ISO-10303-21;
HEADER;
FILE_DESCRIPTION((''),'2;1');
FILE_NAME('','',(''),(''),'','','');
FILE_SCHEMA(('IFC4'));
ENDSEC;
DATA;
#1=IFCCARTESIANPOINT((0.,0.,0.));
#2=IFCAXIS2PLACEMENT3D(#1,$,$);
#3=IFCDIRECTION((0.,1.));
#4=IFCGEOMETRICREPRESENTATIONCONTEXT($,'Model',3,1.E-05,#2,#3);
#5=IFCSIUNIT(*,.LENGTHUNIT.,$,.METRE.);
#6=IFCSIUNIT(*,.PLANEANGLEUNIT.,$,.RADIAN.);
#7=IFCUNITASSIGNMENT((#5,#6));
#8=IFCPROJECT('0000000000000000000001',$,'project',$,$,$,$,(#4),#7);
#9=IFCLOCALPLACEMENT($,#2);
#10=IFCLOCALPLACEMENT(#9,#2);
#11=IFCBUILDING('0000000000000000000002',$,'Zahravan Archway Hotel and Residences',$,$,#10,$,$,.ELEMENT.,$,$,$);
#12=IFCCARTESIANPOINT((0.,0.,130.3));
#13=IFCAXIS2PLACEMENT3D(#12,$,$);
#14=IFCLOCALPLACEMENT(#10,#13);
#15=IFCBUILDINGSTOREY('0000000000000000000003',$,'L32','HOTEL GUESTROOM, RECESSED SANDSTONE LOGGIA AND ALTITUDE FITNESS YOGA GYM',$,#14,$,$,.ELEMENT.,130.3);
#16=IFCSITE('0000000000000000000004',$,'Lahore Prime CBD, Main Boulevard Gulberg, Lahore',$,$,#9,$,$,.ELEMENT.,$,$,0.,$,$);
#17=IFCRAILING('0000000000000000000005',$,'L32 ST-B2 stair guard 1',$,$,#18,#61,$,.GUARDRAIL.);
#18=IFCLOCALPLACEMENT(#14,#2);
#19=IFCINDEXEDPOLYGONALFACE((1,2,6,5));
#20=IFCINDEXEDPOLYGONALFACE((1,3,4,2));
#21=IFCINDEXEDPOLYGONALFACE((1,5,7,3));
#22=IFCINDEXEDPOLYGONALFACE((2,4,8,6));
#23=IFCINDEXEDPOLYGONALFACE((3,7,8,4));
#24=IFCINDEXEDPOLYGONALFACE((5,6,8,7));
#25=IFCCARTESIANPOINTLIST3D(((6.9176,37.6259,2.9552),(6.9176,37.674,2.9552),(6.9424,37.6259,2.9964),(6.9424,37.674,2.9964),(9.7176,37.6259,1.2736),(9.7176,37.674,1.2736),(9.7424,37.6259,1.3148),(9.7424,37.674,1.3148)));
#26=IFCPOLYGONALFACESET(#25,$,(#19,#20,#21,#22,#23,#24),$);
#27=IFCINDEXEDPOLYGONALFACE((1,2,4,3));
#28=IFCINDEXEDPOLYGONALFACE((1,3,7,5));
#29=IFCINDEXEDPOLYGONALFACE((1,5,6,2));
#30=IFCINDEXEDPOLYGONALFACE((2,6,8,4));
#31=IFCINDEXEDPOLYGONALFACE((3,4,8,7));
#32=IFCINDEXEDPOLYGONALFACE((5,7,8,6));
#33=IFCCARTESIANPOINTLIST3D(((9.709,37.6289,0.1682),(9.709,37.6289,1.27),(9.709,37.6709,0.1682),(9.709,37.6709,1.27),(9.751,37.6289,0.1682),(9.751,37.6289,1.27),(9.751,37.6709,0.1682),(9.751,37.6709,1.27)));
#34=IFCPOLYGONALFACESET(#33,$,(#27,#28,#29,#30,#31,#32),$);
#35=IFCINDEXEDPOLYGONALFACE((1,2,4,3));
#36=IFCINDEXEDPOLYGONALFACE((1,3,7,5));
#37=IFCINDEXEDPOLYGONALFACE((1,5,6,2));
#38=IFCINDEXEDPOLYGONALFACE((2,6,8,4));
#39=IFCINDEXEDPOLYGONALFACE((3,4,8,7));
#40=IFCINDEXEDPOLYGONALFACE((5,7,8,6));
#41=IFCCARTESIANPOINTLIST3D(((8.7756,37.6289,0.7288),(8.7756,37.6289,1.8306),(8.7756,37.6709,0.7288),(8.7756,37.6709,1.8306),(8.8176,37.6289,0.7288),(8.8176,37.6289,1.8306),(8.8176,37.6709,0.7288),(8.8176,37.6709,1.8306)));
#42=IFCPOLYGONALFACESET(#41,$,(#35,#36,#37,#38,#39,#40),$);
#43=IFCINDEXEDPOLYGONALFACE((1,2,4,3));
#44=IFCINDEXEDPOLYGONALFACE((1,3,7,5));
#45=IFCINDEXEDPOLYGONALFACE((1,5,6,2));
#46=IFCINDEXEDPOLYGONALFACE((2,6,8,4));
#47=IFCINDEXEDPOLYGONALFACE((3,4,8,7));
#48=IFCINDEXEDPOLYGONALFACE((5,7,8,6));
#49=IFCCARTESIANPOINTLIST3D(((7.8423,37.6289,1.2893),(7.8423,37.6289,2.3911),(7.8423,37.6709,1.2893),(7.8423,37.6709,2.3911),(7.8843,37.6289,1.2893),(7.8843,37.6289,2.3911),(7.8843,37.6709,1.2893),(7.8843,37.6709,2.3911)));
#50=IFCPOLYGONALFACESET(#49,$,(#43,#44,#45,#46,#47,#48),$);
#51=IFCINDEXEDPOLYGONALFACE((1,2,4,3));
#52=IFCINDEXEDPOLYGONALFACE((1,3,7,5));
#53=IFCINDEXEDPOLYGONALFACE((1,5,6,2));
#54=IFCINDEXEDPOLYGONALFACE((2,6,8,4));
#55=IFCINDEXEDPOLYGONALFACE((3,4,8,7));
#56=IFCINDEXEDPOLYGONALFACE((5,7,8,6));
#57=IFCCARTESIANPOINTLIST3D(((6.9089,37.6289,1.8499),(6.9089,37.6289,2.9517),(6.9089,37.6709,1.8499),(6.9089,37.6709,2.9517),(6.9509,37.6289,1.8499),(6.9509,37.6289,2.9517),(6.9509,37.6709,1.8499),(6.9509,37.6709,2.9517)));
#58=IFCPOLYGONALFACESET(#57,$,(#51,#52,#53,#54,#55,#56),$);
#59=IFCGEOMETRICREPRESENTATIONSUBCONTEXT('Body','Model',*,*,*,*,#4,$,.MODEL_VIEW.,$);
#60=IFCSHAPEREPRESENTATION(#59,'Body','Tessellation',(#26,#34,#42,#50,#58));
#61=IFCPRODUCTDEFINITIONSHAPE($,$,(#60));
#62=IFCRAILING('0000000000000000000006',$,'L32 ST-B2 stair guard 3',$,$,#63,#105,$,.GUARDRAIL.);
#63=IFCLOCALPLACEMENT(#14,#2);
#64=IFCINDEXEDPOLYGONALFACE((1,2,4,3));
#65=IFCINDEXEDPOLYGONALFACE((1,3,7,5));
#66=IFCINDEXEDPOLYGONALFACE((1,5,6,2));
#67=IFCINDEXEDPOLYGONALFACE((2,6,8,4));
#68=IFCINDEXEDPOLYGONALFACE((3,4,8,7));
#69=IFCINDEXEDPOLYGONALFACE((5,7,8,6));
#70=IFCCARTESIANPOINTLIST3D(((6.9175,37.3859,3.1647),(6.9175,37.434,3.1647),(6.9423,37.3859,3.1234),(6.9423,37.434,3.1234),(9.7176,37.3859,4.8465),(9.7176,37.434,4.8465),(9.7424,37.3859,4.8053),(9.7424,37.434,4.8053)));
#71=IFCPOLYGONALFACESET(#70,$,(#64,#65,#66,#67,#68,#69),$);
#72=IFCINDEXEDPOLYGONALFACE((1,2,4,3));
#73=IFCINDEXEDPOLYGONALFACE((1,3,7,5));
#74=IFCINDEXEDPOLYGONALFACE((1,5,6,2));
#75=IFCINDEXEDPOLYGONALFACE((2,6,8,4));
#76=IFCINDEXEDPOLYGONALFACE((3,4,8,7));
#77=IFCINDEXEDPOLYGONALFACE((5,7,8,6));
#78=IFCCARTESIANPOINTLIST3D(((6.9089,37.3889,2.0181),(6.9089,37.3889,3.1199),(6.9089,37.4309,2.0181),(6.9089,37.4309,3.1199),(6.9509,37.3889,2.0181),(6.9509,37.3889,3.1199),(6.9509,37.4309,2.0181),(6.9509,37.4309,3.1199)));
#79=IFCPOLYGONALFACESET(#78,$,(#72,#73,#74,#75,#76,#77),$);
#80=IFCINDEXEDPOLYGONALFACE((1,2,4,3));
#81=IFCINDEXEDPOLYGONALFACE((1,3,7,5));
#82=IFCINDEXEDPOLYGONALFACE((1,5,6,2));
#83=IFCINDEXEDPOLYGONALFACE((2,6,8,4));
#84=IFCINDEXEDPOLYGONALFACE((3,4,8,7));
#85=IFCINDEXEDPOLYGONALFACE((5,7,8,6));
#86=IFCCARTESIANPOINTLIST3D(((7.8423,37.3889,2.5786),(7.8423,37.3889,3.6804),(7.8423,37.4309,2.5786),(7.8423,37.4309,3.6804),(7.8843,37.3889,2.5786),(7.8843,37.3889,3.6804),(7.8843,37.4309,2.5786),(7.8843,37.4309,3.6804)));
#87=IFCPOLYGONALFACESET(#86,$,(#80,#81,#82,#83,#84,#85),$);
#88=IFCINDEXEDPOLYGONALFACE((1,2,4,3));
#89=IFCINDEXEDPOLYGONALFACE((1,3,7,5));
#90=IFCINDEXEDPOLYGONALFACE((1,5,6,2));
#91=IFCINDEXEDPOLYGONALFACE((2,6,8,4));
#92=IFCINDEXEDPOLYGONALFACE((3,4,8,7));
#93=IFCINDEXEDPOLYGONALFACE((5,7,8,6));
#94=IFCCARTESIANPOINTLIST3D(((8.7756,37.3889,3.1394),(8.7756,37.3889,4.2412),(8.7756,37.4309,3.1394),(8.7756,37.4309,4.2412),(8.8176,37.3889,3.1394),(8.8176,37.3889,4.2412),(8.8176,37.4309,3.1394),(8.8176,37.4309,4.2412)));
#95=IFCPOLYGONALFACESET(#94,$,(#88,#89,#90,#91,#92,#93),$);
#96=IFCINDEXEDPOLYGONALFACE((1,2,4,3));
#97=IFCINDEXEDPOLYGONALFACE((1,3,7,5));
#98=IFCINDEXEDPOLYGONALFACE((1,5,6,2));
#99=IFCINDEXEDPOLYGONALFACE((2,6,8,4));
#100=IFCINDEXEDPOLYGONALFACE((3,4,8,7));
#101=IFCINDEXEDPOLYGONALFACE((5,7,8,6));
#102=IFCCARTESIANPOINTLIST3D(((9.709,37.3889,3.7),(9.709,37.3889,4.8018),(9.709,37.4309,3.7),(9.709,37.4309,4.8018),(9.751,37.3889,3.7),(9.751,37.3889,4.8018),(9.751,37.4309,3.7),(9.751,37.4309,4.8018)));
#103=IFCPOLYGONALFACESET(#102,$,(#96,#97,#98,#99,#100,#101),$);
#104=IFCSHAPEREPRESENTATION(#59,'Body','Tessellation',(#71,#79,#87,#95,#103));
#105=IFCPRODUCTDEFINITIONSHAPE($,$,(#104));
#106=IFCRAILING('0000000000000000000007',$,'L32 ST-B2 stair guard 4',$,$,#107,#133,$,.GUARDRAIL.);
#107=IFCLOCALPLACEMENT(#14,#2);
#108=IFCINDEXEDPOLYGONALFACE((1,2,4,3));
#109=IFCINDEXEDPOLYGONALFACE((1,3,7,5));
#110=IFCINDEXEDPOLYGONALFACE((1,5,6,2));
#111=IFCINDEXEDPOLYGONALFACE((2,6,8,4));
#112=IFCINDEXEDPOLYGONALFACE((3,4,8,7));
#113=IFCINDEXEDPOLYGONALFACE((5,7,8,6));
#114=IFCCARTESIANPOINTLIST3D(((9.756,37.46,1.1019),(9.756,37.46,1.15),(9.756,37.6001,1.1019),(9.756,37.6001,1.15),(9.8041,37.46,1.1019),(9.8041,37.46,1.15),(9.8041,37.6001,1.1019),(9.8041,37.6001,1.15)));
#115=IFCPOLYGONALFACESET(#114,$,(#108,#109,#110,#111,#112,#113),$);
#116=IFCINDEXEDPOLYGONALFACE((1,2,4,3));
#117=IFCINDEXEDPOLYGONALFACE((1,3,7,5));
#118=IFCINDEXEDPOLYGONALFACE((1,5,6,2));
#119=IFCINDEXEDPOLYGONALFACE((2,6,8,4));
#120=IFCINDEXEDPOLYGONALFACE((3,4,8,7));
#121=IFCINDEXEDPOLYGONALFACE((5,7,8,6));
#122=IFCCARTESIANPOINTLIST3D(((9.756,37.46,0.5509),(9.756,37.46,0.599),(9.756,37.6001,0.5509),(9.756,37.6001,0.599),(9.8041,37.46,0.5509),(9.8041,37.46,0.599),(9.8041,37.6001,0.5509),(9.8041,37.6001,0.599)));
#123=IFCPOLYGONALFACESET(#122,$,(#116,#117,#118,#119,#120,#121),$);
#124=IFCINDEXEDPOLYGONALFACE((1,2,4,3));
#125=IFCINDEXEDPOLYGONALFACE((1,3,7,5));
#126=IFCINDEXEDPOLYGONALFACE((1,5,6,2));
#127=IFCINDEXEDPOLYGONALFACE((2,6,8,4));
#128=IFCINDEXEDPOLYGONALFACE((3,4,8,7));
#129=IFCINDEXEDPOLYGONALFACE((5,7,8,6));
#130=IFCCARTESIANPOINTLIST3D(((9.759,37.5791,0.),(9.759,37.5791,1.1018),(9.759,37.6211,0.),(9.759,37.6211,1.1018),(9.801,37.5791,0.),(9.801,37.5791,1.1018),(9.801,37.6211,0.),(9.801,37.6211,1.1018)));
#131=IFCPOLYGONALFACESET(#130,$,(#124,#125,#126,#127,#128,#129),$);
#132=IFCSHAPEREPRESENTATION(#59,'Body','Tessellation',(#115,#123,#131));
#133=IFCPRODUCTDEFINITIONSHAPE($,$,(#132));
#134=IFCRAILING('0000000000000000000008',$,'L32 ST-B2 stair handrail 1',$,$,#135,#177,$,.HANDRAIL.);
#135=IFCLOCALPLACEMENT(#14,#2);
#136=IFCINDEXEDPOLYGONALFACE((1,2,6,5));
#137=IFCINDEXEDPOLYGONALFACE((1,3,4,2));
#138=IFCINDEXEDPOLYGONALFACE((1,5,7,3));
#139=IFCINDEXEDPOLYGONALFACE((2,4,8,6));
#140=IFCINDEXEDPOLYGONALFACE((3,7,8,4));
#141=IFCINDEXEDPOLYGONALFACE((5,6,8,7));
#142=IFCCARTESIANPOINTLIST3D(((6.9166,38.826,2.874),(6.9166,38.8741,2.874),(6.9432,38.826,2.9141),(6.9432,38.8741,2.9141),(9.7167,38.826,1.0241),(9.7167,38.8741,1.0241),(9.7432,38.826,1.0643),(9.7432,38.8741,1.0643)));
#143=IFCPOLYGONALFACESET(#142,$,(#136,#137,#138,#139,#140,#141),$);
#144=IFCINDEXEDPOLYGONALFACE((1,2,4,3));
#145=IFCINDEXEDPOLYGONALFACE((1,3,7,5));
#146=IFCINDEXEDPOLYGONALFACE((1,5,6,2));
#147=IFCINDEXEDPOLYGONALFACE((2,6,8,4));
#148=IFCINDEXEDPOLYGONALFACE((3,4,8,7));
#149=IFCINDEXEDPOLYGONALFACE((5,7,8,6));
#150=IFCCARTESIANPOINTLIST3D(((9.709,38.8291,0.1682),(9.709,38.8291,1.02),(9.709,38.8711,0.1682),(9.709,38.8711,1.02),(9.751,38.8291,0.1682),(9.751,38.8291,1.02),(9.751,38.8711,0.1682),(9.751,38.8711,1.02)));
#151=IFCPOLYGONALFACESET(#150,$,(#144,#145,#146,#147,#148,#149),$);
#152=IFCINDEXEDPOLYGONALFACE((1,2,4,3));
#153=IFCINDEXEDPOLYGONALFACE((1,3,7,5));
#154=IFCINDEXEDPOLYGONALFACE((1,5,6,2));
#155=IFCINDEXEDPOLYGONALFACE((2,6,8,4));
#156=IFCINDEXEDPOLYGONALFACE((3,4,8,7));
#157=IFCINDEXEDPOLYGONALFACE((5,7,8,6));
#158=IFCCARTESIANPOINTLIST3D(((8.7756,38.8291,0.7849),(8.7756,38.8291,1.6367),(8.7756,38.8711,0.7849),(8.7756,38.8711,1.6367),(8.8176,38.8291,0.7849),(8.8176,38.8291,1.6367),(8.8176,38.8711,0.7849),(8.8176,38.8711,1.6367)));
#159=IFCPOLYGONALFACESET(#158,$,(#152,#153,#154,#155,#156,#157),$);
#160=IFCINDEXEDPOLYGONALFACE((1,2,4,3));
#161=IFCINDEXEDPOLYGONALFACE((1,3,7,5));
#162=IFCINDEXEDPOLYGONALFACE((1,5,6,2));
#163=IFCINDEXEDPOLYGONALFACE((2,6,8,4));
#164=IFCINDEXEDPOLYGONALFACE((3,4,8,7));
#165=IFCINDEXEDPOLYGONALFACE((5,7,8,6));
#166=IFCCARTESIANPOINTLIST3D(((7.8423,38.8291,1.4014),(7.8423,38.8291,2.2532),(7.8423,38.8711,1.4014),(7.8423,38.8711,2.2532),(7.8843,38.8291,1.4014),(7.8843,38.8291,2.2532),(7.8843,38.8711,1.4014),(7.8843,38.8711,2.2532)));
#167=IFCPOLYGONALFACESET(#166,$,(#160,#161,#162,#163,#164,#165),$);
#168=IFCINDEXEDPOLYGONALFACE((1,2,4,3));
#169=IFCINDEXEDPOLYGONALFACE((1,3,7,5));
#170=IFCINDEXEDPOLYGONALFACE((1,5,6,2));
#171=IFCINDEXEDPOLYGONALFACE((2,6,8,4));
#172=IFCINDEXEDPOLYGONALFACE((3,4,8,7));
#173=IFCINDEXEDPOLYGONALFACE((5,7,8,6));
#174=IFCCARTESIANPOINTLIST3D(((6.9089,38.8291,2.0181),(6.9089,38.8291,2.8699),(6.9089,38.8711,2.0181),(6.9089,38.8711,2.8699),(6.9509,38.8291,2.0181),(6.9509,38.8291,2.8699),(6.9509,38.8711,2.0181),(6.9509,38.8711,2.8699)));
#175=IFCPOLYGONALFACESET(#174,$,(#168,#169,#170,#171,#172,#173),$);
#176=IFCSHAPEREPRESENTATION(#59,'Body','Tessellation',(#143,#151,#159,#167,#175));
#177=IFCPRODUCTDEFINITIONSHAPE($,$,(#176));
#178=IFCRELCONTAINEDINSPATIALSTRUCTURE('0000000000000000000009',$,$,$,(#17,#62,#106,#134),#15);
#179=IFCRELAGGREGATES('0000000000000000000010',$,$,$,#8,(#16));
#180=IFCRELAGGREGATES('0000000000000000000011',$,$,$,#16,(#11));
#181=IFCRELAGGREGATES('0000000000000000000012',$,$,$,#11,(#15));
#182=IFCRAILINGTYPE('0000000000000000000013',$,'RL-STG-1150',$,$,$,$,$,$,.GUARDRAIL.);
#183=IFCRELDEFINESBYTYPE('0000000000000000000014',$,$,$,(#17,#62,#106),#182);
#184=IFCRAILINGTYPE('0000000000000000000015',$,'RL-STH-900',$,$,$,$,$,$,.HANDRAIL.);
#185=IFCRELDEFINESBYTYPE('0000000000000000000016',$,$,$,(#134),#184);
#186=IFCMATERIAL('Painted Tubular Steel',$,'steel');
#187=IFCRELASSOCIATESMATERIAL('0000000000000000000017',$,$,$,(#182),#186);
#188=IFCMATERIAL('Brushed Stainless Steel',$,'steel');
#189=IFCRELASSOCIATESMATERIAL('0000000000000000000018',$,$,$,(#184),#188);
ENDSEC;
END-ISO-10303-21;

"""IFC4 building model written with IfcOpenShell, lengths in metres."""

from ifc_helpers import new_model, si_unit, direction, frame, origin, origin_2d, place, context, subcontext, project, spatial, rectangle, extrude, material, type_object, element, save


model = new_model("IFC4")

# Units and contexts
model_context = context("Model", 3, precision=1e-05, world=origin(), true_north=direction((0.0, 1.0)))
body_context = subcontext(model_context, "Body", "Model", "MODEL_VIEW")
ifc_project = project(units=[si_unit("LENGTHUNIT", "METRE"), si_unit("PLANEANGLEUNIT", "RADIAN")], contexts=[model_context])

# Site, building, storey
site_placement = place(None, origin())
site = spatial("IfcSite", under=ifc_project, at=site_placement, Name="Lahore Prime CBD, Main Boulevard Gulberg, Lahore", CompositionType="ELEMENT", RefElevation=0.0)
building_placement = place(site_placement, origin())
building = spatial("IfcBuilding", under=site, at=building_placement, Name="Zahravan Archway Hotel and Residences", CompositionType="ELEMENT")
storey_placement = place(building_placement, frame((0.0, 0.0, 130.3)))
storey = spatial("IfcBuildingStorey", under=building, at=storey_placement, Name="L32", Description="HOTEL GUESTROOM, RECESSED SANDSTONE LOGGIA AND ALTITUDE FITNESS YOGA GYM", CompositionType="ELEMENT", Elevation=130.3)

# Railings
ifc_material_1 = material(Name="Painted Tubular Steel", Category="steel")
railing_type_1 = type_object("IfcRailingType", Name="RL-STG-1150", PredefinedType="GUARDRAIL", material=ifc_material_1)
railing_1_placement = place(storey_placement, frame((9.73, 37.6499, 0.1682)))
element("IfcRailing", 1, at=railing_1_placement, inside=storey, type_object=railing_type_1, Name="L32 ST-B2 stair guard 1", PredefinedType="GUARDRAIL", context=body_context, shape_type="SweptSolid", body=[
    extrude(rectangle(XDim=0.0481, YDim=0.0481, at=origin_2d()), frame((0.0, 0.0, 1.126), z_axis=(-0.857275, 0.0, 0.514858), x_axis=(0.0, -1.0, 0.0)), (0.0, 0.0, 1.0), 3.2661),
    extrude(rectangle(XDim=0.042, YDim=0.042, at=origin_2d()), origin(), (0.0, 0.0, 1.0), 1.1018),
    extrude(rectangle(XDim=0.042, YDim=0.042, at=origin_2d()), frame((-0.9333, 0.0, 0.5605)), (0.0, 0.0, 1.0), 1.1018),
    extrude(rectangle(XDim=0.042, YDim=0.042, at=origin_2d()), frame((-1.8667, 0.0, 1.1211)), (0.0, 0.0, 1.0), 1.1018),
    extrude(rectangle(XDim=0.042, YDim=0.042, at=origin_2d()), frame((-2.8, 0.0, 1.6816)), (0.0, 0.0, 1.0), 1.1018),
])
railing_2_placement = place(storey_placement, frame((6.9299, 37.4099, 2.0181)))
element("IfcRailing", 2, at=railing_2_placement, inside=storey, type_object=railing_type_1, Name="L32 ST-B2 stair guard 3", PredefinedType="GUARDRAIL", context=body_context, shape_type="SweptSolid", body=[
    extrude(rectangle(XDim=0.0481, YDim=0.0481, at=origin_2d()), frame((0.0, 0.0, 1.126), z_axis=(0.857242, 0.0, 0.514913), x_axis=(0.0, 1.0, 0.0)), (0.0, 0.0, 1.0), 3.2664),
    extrude(rectangle(XDim=0.042, YDim=0.042, at=origin_2d()), origin(), (0.0, 0.0, 1.0), 1.1018),
    extrude(rectangle(XDim=0.042, YDim=0.042, at=origin_2d()), frame((0.9333, 0.0, 0.5605)), (0.0, 0.0, 1.0), 1.1018),
    extrude(rectangle(XDim=0.042, YDim=0.042, at=origin_2d()), frame((1.8667, 0.0, 1.1213)), (0.0, 0.0, 1.0), 1.1018),
    extrude(rectangle(XDim=0.042, YDim=0.042, at=origin_2d()), frame((2.8, 0.0, 1.6819)), (0.0, 0.0, 1.0), 1.1018),
])
railing_3_placement = place(storey_placement, frame((9.78, 37.6001, 0.0)))
element("IfcRailing", 3, at=railing_3_placement, inside=storey, type_object=railing_type_1, Name="L32 ST-B2 stair guard 4", PredefinedType="GUARDRAIL", context=body_context, shape_type="SweptSolid", body=[
    extrude(rectangle(XDim=0.0481, YDim=0.0481, at=origin_2d()), frame((0.0, 0.0, 1.126), z_axis=(0.0, -1.0, 0.0), x_axis=(1.0, 0.0, 0.0)), (0.0, 0.0, 1.0), 0.1401),
    extrude(rectangle(XDim=0.0481, YDim=0.0481, at=origin_2d()), frame((0.0, 0.0, 0.575), z_axis=(0.0, -1.0, 0.0), x_axis=(1.0, 0.0, 0.0)), (0.0, 0.0, 1.0), 0.1401),
    extrude(rectangle(XDim=0.042, YDim=0.042, at=origin_2d()), origin(), (0.0, 0.0, 1.0), 1.1018),
])
ifc_material_2 = material(Name="Brushed Stainless Steel", Category="steel")
railing_type_2 = type_object("IfcRailingType", Name="RL-STH-900", PredefinedType="HANDRAIL", material=ifc_material_2)
railing_4_placement = place(storey_placement, frame((9.73, 38.8501, 0.1682)))
element("IfcRailing", 4, at=railing_4_placement, inside=storey, type_object=railing_type_2, Name="L32 ST-B2 stair handrail 1", PredefinedType="HANDRAIL", context=body_context, shape_type="SweptSolid", body=[
    extrude(rectangle(XDim=0.0481, YDim=0.0481, at=origin_2d()), frame((0.0, 0.0, 0.876), z_axis=(-0.83436, 0.0, 0.55122), x_axis=(0.0, -1.0, 0.0)), (0.0, 0.0, 1.0), 3.356),
    extrude(rectangle(XDim=0.042, YDim=0.042, at=origin_2d()), origin(), (0.0, 0.0, 1.0), 0.8518),
    extrude(rectangle(XDim=0.042, YDim=0.042, at=origin_2d()), frame((-0.9333, 0.0, 0.6167)), (0.0, 0.0, 1.0), 0.8518),
    extrude(rectangle(XDim=0.042, YDim=0.042, at=origin_2d()), frame((-1.8667, 0.0, 1.2332)), (0.0, 0.0, 1.0), 0.8518),
    extrude(rectangle(XDim=0.042, YDim=0.042, at=origin_2d()), frame((-2.8, 0.0, 1.8499)), (0.0, 0.0, 1.0), 0.8518),
])

save(model, "model.ifc")
